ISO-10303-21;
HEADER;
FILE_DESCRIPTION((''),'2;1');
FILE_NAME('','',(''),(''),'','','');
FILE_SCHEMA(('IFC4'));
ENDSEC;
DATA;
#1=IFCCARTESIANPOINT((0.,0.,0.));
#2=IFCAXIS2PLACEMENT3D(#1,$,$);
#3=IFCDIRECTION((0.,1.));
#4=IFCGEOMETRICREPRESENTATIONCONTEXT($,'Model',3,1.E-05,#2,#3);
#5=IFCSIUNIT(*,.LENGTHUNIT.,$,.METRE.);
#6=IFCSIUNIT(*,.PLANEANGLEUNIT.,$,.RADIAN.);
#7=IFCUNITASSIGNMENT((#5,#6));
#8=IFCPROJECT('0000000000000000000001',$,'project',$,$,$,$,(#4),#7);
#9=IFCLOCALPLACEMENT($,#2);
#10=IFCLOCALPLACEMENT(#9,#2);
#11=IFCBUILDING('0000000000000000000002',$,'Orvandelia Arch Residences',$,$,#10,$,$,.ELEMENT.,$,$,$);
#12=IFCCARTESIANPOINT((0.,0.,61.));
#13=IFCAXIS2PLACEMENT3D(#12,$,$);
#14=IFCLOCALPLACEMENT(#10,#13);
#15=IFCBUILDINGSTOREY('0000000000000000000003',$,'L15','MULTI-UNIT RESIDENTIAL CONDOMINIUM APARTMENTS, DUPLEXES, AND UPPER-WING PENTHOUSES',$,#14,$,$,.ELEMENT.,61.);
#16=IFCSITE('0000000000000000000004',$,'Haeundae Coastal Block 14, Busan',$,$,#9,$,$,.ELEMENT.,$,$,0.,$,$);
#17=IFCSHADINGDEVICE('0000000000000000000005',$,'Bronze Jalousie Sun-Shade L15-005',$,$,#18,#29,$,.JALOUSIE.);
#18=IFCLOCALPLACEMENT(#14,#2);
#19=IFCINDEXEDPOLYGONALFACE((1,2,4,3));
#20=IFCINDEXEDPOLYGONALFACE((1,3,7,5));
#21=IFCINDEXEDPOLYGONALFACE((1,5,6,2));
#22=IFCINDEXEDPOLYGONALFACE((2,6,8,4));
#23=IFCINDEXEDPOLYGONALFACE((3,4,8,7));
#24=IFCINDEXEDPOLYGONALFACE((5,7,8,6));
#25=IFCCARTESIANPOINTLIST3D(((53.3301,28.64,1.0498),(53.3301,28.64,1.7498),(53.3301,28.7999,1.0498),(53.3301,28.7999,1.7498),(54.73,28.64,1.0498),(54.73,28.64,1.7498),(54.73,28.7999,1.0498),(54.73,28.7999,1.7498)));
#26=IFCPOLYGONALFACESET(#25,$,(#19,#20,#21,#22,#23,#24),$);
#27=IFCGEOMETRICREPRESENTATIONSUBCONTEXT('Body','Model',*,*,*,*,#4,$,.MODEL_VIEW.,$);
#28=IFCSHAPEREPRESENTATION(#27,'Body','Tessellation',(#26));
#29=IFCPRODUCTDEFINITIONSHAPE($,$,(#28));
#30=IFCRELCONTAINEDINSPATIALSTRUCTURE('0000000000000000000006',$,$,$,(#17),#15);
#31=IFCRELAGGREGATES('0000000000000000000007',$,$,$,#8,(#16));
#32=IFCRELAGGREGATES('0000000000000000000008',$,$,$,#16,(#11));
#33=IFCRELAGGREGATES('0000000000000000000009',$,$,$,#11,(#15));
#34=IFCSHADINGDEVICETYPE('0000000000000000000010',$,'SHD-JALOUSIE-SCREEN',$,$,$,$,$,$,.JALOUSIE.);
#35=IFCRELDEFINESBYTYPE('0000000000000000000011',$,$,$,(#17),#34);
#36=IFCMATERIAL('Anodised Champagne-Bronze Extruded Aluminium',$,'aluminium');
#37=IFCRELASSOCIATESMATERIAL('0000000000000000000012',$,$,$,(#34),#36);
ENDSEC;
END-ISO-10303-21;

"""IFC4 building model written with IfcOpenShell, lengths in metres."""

from ifc_helpers import new_model, si_unit, direction, frame, origin, origin_2d, place, context, subcontext, project, spatial, rectangle, extrude, material, type_object, element, save


model = new_model("IFC4")

# Units and contexts
model_context = context("Model", 3, precision=1e-05, world=origin(), true_north=direction((0.0, 1.0)))
body_context = subcontext(model_context, "Body", "Model", "MODEL_VIEW")
ifc_project = project(units=[si_unit("LENGTHUNIT", "METRE"), si_unit("PLANEANGLEUNIT", "RADIAN")], contexts=[model_context])

# Site, building, storey
site_placement = place(None, origin())
site = spatial("IfcSite", under=ifc_project, at=site_placement, Name="Haeundae Coastal Block 14, Busan", CompositionType="ELEMENT", RefElevation=0.0)
building_placement = place(site_placement, origin())
building = spatial("IfcBuilding", under=site, at=building_placement, Name="Orvandelia Arch Residences", CompositionType="ELEMENT")
storey_placement = place(building_placement, frame((0.0, 0.0, 61.0)))
storey = spatial("IfcBuildingStorey", under=building, at=storey_placement, Name="L15", Description="MULTI-UNIT RESIDENTIAL CONDOMINIUM APARTMENTS, DUPLEXES, AND UPPER-WING PENTHOUSES", CompositionType="ELEMENT", Elevation=61.0)

# Shading device
ifc_material_1 = material(Name="Anodised Champagne-Bronze Extruded Aluminium", Category="aluminium")
shading_device_type = type_object("IfcShadingDeviceType", Name="SHD-JALOUSIE-SCREEN", PredefinedType="JALOUSIE", material=ifc_material_1)
shading_device_placement = place(storey_placement, frame((54.03, 28.72, 1.0498), z_axis=(0.0, 0.0, 1.0), x_axis=(-1.0, 0.0, 0.0)))
element("IfcShadingDevice", 1, at=shading_device_placement, inside=storey, type_object=shading_device_type, Name="Bronze Jalousie Sun-Shade L15-005", PredefinedType="JALOUSIE", context=body_context, shape_type="SweptSolid", body=[
    extrude(rectangle(XDim=1.3999, YDim=0.1599, at=origin_2d()), origin(), (0.0, 0.0, 1.0), 0.7),
])

save(model, "model.ifc")
